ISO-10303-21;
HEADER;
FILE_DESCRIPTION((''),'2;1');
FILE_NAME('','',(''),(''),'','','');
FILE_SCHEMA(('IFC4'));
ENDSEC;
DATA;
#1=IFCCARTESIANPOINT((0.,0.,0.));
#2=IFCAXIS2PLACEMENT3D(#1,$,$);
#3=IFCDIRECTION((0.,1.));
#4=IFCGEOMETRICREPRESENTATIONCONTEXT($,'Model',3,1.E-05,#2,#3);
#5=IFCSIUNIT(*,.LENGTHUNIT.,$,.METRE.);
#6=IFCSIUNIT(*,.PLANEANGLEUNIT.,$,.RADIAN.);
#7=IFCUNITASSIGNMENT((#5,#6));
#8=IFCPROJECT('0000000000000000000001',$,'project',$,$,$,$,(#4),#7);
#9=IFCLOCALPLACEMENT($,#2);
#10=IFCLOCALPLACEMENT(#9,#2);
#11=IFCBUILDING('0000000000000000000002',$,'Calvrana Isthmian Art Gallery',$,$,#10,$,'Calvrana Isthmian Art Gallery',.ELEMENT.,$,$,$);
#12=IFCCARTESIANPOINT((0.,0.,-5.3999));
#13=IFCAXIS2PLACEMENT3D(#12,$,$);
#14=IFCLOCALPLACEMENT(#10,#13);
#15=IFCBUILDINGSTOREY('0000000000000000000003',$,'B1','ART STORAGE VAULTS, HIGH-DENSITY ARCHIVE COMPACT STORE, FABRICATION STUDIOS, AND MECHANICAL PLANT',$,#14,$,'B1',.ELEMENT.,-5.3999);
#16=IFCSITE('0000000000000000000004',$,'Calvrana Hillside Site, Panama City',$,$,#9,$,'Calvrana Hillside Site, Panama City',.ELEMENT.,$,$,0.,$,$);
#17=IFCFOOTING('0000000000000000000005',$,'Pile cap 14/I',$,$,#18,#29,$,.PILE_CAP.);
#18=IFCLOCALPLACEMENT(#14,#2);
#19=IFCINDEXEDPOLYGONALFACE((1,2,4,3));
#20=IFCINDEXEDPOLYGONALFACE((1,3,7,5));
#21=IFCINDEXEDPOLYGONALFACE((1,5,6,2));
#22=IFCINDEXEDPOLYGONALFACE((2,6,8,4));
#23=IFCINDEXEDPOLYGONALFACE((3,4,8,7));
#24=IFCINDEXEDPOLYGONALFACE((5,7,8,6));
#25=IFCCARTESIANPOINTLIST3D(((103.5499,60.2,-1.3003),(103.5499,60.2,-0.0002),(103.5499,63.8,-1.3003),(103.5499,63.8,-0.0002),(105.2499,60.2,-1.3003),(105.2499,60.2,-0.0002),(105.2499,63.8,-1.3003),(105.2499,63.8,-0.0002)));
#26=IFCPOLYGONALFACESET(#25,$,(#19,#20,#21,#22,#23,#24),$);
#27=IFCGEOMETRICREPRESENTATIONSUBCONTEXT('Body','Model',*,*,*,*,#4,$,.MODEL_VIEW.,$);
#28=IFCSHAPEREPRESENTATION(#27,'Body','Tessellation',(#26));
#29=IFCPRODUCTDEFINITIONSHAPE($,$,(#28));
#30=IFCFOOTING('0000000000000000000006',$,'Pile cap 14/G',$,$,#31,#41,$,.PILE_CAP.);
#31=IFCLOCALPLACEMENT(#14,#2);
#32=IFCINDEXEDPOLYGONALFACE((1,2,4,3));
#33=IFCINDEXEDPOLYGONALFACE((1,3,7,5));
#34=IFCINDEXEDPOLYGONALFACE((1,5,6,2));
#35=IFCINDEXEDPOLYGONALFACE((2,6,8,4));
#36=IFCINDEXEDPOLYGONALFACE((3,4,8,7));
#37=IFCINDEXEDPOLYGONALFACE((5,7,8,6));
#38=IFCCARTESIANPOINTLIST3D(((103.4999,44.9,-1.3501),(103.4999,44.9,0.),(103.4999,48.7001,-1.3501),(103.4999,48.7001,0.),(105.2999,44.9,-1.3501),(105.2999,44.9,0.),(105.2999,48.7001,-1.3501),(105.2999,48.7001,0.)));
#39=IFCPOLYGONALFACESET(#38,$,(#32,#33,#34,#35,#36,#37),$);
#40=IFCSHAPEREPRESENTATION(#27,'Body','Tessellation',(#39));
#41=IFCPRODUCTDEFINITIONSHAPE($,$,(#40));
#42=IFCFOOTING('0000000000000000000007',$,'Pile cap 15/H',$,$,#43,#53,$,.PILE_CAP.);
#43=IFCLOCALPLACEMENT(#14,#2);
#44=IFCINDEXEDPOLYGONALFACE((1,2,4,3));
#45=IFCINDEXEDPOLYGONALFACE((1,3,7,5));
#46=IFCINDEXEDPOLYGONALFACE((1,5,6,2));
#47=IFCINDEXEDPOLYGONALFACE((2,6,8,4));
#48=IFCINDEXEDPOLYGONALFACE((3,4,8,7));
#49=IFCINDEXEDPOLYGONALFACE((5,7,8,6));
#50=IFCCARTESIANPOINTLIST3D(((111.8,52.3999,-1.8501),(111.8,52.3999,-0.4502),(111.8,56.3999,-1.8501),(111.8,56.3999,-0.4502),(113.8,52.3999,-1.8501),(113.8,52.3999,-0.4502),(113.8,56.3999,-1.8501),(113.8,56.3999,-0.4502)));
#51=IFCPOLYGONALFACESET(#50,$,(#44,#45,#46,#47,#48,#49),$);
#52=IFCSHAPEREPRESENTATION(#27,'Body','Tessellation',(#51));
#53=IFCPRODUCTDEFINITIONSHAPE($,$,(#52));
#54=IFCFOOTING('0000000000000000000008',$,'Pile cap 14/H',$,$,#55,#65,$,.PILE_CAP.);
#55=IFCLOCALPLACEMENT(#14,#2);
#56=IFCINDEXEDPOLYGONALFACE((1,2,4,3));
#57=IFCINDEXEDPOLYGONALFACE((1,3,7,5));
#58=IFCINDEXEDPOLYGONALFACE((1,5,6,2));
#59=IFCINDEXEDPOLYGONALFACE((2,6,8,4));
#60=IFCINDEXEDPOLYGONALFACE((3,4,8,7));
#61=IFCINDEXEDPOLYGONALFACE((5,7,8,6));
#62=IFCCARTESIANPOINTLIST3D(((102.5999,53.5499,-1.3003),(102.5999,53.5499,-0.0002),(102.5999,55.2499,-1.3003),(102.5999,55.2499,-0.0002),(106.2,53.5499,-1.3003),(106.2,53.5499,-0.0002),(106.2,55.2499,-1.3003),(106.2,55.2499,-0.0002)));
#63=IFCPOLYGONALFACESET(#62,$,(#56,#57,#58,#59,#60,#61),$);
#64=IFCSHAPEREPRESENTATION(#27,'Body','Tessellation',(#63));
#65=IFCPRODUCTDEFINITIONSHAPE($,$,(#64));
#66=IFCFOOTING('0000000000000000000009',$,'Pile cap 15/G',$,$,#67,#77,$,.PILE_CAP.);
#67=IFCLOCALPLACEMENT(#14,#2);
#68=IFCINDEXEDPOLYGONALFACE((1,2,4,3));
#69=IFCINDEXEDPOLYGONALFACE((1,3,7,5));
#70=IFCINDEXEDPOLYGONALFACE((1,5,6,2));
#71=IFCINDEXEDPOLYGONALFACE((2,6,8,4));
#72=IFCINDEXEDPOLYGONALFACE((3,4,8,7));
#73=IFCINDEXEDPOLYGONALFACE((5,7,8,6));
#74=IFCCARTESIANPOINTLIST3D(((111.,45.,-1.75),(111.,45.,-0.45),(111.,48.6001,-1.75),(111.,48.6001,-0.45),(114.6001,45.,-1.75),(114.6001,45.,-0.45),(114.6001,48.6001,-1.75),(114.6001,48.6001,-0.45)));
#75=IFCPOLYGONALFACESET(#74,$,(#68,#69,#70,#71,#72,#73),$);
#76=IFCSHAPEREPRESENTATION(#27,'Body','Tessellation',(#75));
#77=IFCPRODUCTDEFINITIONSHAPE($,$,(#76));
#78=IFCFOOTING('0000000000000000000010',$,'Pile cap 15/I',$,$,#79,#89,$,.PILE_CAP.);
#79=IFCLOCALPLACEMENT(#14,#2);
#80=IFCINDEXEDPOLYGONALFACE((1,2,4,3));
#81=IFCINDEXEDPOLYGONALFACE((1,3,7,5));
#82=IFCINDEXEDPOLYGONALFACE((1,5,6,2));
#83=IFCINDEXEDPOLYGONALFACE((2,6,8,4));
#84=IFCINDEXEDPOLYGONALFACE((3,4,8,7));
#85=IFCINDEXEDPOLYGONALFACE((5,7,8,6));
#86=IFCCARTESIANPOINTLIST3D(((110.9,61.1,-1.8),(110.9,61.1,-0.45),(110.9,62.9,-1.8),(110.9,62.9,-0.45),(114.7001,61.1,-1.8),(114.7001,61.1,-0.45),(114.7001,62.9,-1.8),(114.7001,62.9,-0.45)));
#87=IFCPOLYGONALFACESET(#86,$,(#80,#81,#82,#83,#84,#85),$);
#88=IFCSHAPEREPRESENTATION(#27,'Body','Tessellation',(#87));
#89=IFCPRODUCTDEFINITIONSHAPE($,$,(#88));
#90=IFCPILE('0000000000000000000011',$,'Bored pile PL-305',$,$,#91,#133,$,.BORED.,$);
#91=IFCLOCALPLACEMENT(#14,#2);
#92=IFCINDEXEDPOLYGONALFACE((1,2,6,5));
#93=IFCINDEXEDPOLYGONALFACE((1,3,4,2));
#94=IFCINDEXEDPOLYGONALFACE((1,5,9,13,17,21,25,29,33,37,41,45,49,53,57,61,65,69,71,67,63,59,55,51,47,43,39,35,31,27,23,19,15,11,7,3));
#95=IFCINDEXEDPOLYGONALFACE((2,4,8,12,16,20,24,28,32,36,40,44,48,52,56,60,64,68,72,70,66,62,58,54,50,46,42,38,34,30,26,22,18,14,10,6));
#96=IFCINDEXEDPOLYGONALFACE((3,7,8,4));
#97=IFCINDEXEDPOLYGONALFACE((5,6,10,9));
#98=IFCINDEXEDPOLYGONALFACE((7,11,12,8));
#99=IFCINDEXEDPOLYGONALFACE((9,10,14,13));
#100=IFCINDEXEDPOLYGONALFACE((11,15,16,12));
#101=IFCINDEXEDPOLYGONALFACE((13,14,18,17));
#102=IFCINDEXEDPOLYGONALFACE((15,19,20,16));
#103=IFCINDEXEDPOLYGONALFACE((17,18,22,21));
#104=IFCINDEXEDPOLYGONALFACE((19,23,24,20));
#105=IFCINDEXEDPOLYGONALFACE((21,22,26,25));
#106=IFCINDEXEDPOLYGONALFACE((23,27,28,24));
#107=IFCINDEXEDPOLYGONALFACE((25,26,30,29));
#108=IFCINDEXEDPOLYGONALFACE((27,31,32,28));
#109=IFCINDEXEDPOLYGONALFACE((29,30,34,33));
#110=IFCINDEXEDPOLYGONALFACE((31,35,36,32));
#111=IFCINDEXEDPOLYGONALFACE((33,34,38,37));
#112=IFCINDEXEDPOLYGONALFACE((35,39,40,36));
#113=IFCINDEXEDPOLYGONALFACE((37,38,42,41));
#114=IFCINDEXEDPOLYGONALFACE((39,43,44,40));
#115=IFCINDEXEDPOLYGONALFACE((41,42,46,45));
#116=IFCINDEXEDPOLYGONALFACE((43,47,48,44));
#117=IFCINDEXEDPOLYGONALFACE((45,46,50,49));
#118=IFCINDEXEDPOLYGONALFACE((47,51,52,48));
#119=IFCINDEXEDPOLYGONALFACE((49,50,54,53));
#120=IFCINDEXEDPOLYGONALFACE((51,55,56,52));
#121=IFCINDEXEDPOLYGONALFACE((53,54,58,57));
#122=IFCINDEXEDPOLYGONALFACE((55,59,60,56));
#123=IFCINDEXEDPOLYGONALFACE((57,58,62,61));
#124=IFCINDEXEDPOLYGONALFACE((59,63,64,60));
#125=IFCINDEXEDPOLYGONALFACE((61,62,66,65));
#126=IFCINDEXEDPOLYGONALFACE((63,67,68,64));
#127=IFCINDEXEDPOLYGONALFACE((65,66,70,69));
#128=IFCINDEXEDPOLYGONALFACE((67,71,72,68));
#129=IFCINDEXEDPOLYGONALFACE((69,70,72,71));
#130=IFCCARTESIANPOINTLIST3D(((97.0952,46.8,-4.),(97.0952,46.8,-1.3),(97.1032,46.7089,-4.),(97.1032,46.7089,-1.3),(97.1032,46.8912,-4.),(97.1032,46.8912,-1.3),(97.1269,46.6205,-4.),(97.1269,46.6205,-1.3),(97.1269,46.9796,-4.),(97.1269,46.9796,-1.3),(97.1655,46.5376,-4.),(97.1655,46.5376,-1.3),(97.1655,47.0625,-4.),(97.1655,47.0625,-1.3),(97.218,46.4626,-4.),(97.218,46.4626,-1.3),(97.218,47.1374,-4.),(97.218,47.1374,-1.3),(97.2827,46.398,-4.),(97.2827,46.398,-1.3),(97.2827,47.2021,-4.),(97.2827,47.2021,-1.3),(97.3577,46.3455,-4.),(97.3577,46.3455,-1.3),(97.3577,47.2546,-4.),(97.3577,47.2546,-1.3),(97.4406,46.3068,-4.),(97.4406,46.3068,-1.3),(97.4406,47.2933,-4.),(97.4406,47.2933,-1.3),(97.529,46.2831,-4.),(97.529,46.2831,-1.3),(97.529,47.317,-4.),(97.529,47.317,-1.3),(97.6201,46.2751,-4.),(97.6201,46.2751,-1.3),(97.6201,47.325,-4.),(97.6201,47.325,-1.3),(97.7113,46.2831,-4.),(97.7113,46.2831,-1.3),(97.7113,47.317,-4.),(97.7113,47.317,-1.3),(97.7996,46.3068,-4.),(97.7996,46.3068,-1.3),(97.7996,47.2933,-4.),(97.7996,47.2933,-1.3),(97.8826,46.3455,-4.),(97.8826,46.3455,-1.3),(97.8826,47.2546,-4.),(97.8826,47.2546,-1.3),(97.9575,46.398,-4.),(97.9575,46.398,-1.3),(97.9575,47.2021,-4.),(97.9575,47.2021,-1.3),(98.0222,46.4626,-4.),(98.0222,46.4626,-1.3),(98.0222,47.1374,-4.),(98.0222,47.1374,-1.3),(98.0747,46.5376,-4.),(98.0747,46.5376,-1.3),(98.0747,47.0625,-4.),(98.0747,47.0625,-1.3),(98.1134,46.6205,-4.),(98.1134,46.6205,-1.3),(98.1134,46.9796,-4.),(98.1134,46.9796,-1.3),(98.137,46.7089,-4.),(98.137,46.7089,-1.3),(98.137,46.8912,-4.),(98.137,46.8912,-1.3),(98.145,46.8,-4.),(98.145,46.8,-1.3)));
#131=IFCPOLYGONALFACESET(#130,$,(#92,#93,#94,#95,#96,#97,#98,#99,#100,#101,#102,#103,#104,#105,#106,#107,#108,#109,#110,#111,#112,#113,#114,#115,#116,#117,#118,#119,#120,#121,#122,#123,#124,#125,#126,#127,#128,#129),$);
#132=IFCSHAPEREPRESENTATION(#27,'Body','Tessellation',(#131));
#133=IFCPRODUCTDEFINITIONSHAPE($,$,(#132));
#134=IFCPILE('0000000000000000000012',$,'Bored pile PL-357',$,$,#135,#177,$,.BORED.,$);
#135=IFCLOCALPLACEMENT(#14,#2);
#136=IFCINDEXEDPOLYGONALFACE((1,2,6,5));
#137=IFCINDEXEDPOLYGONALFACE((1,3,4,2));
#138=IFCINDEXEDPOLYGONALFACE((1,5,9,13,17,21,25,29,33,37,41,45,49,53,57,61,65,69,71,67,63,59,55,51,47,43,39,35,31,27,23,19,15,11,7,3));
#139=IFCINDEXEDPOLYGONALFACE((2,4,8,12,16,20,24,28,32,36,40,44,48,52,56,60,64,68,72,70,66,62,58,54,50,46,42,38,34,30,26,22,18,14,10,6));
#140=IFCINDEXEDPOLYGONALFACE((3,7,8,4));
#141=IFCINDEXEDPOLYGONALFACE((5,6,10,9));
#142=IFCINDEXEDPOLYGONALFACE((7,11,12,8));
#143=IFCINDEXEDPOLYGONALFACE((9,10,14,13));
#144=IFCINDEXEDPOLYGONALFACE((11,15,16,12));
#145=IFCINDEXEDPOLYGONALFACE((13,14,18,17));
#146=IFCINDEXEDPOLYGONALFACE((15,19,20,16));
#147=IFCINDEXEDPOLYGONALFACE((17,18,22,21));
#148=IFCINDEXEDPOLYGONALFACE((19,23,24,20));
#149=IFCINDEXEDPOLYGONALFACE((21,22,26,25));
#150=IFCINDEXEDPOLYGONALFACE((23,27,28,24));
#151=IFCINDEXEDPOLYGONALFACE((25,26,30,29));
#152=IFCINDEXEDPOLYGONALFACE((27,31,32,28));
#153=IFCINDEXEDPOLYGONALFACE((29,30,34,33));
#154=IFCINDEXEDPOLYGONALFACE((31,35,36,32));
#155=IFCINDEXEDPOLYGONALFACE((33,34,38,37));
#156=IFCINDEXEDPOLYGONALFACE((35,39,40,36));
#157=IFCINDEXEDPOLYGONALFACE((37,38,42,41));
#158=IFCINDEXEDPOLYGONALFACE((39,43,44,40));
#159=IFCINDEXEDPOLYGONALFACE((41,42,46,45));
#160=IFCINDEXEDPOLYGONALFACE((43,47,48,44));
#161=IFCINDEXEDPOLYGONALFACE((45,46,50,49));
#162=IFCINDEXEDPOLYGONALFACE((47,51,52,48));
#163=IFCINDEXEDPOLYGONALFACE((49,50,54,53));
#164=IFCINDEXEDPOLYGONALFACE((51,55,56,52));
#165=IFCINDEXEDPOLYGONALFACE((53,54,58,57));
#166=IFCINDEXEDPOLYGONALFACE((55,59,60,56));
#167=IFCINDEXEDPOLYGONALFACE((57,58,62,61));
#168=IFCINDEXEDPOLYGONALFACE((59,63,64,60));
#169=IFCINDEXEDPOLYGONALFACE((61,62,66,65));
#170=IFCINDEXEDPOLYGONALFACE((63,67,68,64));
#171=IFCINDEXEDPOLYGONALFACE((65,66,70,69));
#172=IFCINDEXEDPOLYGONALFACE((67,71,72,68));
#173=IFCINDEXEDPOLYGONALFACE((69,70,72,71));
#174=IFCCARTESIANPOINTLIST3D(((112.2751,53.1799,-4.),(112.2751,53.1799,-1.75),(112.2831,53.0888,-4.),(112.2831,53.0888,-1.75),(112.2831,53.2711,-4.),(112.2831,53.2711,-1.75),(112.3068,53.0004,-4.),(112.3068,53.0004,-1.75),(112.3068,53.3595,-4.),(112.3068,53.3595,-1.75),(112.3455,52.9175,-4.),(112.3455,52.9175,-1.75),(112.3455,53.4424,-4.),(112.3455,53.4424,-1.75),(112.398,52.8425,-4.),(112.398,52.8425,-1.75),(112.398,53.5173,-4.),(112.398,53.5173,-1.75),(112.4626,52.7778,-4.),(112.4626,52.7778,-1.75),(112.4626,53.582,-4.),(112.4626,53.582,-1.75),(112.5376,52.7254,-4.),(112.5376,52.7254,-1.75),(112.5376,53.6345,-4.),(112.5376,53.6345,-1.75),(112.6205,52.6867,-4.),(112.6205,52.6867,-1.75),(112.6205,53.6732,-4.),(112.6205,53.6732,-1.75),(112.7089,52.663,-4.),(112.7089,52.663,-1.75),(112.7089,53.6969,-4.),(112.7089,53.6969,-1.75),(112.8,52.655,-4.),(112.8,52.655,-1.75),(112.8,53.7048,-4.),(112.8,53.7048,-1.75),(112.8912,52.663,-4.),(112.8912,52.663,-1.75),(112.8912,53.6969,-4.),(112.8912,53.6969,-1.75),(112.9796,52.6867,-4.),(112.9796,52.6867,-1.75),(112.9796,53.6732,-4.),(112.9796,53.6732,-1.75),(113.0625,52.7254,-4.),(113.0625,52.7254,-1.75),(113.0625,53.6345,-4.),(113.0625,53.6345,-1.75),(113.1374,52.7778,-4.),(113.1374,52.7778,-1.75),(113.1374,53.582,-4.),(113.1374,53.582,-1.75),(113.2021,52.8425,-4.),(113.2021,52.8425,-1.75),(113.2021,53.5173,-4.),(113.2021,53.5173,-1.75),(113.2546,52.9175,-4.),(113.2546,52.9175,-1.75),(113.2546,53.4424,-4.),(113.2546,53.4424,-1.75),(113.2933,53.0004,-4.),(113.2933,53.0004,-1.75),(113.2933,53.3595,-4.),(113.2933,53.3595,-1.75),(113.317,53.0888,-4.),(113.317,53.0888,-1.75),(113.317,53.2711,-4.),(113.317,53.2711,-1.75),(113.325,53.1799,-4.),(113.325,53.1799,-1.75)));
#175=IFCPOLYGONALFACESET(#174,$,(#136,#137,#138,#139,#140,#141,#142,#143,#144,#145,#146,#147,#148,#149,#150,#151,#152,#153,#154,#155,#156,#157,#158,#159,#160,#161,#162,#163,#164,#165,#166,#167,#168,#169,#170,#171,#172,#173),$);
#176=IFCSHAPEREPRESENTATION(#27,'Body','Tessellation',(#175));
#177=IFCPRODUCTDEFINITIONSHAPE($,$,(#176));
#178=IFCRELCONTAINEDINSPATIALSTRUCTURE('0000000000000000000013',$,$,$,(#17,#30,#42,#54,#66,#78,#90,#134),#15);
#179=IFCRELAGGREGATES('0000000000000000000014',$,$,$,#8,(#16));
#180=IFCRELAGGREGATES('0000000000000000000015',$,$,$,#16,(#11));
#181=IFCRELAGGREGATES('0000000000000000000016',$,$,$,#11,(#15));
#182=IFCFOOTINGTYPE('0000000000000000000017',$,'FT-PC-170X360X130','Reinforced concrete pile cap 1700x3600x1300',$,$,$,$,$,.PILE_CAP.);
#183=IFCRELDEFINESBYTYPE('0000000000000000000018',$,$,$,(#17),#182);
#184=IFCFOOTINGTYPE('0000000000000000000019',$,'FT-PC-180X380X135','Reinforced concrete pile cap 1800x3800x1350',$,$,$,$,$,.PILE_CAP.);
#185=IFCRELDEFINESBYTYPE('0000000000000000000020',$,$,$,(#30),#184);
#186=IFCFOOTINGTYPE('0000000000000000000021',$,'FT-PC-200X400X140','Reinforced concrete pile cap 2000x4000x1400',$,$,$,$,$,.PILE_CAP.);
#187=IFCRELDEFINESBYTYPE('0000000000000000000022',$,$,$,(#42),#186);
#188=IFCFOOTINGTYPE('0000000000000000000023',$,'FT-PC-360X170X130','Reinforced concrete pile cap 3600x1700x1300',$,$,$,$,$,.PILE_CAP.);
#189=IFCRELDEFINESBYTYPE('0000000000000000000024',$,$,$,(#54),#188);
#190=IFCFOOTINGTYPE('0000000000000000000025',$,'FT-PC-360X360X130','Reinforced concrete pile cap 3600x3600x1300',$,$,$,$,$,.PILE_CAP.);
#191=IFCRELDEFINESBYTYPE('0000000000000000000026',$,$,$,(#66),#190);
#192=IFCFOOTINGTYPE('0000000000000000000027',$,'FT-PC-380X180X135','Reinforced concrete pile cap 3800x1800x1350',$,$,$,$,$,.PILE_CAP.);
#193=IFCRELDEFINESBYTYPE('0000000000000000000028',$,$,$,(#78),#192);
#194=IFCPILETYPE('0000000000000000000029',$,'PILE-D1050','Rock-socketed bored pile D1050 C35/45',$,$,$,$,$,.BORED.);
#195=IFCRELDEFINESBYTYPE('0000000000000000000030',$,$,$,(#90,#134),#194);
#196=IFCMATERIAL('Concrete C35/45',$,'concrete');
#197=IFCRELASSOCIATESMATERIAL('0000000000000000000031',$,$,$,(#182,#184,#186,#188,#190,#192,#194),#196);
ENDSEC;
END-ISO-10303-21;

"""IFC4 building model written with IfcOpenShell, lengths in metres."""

from ifc_helpers import new_model, si_unit, direction, frame, origin, origin_2d, place, context, subcontext, project, spatial, rectangle, circle, extrude, material, material_profile, profile_set, type_object, element, save


model = new_model("IFC4")

# Units and contexts
model_context = context("Model", 3, precision=1e-05, world=origin(), true_north=direction((0.0, 1.0)))
body_context = subcontext(model_context, "Body", "Model", "MODEL_VIEW")
ifc_project = project(units=[si_unit("LENGTHUNIT", "METRE"), si_unit("PLANEANGLEUNIT", "RADIAN")], contexts=[model_context])

# Site, building, storey
site_placement = place(None, origin())
site = spatial("IfcSite", under=ifc_project, at=site_placement, Name="Calvrana Hillside Site, Panama City", LongName="Calvrana Hillside Site, Panama City", CompositionType="ELEMENT", RefElevation=0.0)
building_placement = place(site_placement, origin())
building = spatial("IfcBuilding", under=site, at=building_placement, Name="Calvrana Isthmian Art Gallery", LongName="Calvrana Isthmian Art Gallery", CompositionType="ELEMENT")
storey_placement = place(building_placement, frame((0.0, 0.0, -5.3999)))
storey = spatial("IfcBuildingStorey", under=building, at=storey_placement, Name="B1", Description="ART STORAGE VAULTS, HIGH-DENSITY ARCHIVE COMPACT STORE, FABRICATION STUDIOS, AND MECHANICAL PLANT", LongName="B1", CompositionType="ELEMENT", Elevation=-5.3999)

# Footings
ifc_material_1 = material(Name="Concrete C35/45", Category="concrete")
footing_type_1 = type_object("IfcFootingType", Name="FT-PC-170X360X130", Description="Reinforced concrete pile cap 1700x3600x1300", PredefinedType="PILE_CAP", material=ifc_material_1)
footing_1_placement = place(storey_placement, frame((104.3999, 62.0, -1.3003), z_axis=(0.0, 0.0, 1.0), x_axis=(1.0, 0.0, 0.0)))
element("IfcFooting", 1, at=footing_1_placement, inside=storey, type_object=footing_type_1, Name="Pile cap 14/I", PredefinedType="PILE_CAP", context=body_context, shape_type="SweptSolid", body=[
    extrude(rectangle(XDim=1.7, YDim=3.6001, at=origin_2d()), origin(), (0.0, 0.0, 1.0), 1.3),
])
footing_type_2 = type_object("IfcFootingType", Name="FT-PC-180X380X135", Description="Reinforced concrete pile cap 1800x3800x1350", PredefinedType="PILE_CAP", material=ifc_material_1)
footing_2_placement = place(storey_placement, frame((104.3999, 46.8, -1.3501), z_axis=(0.0, 0.0, 1.0), x_axis=(1.0, 0.0, 0.0)))
element("IfcFooting", 2, at=footing_2_placement, inside=storey, type_object=footing_type_2, Name="Pile cap 14/G", PredefinedType="PILE_CAP", context=body_context, shape_type="SweptSolid", body=[
    extrude(rectangle(XDim=1.8, YDim=3.8, at=origin_2d()), origin(), (0.0, 0.0, 1.0), 1.3501),
])
footing_type_3 = type_object("IfcFootingType", Name="FT-PC-200X400X140", Description="Reinforced concrete pile cap 2000x4000x1400", PredefinedType="PILE_CAP", material=ifc_material_1)
footing_3_placement = place(storey_placement, frame((112.8, 54.3999, -1.8501), z_axis=(0.0, 0.0, 1.0), x_axis=(1.0, 0.0, 0.0)))
element("IfcFooting", 3, at=footing_3_placement, inside=storey, type_object=footing_type_3, Name="Pile cap 15/H", PredefinedType="PILE_CAP", context=body_context, shape_type="SweptSolid", body=[
    extrude(rectangle(XDim=2.0, YDim=4.0, at=origin_2d()), origin(), (0.0, 0.0, 1.0), 1.3999),
])
footing_type_4 = type_object("IfcFootingType", Name="FT-PC-360X170X130", Description="Reinforced concrete pile cap 3600x1700x1300", PredefinedType="PILE_CAP", material=ifc_material_1)
footing_4_placement = place(storey_placement, frame((104.3999, 54.3999, -1.3003), z_axis=(0.0, 0.0, 1.0), x_axis=(1.0, 0.0, 0.0)))
element("IfcFooting", 4, at=footing_4_placement, inside=storey, type_object=footing_type_4, Name="Pile cap 14/H", PredefinedType="PILE_CAP", context=body_context, shape_type="SweptSolid", body=[
    extrude(rectangle(XDim=3.6001, YDim=1.7, at=origin_2d()), origin(), (0.0, 0.0, 1.0), 1.3),
])
footing_type_5 = type_object("IfcFootingType", Name="FT-PC-360X360X130", Description="Reinforced concrete pile cap 3600x3600x1300", PredefinedType="PILE_CAP", material=ifc_material_1)
footing_5_placement = place(storey_placement, frame((112.8, 46.8, -1.75), z_axis=(0.0, 0.0, 1.0), x_axis=(1.0, 0.0, 0.0)))
element("IfcFooting", 5, at=footing_5_placement, inside=storey, type_object=footing_type_5, Name="Pile cap 15/G", PredefinedType="PILE_CAP", context=body_context, shape_type="SweptSolid", body=[
    extrude(rectangle(XDim=3.6001, YDim=3.6001, at=origin_2d()), origin(), (0.0, 0.0, 1.0), 1.3),
])
footing_type_6 = type_object("IfcFootingType", Name="FT-PC-380X180X135", Description="Reinforced concrete pile cap 3800x1800x1350", PredefinedType="PILE_CAP", material=ifc_material_1)
footing_6_placement = place(storey_placement, frame((112.8, 62.0, -1.8), z_axis=(0.0, 0.0, 1.0), x_axis=(1.0, 0.0, 0.0)))
element("IfcFooting", 6, at=footing_6_placement, inside=storey, type_object=footing_type_6, Name="Pile cap 15/I", PredefinedType="PILE_CAP", context=body_context, shape_type="SweptSolid", body=[
    extrude(rectangle(XDim=3.8, YDim=1.8, at=origin_2d()), origin(), (0.0, 0.0, 1.0), 1.3501),
])

# Piles
ifc_material_profile_1 = material_profile(ifc_material_1, circle(Radius=0.5249, at=origin_2d()), Name="PILE1050D")
ifc_profile_set_1 = profile_set([ifc_material_profile_1], Name="Concrete C35/45")
pile_type_1 = type_object("IfcPileType", Name="PILE-D1050", Description="Rock-socketed bored pile D1050 C35/45", PredefinedType="BORED", material=ifc_profile_set_1)
pile_placement = place(storey_placement, frame((97.6201, 46.8, -1.3), z_axis=(0.0, 0.0, -1.0), x_axis=(1.0, 0.0, 0.0)))
element("IfcPile", 7, at=pile_placement, inside=storey, type_object=pile_type_1, Name="Bored pile PL-305", PredefinedType="BORED", context=body_context, shape_type="SweptSolid", body=[
    extrude(circle(Radius=0.5249, at=origin_2d()), origin(), (0.0, 0.0, 1.0), 2.7),
])
for number, where, z_axis, x_axis, name in (
    (8, (112.8, 53.1799, -1.75), (0.0, 0.0, -1.0), (1.0, 0.0, 0.0), "Bored pile PL-357"),
):
    element("IfcPile", number, at=place(storey_placement, frame(where, z_axis=z_axis, x_axis=x_axis)), inside=storey, type_object=pile_type_1, Name=name, PredefinedType="BORED", context=body_context, shape_type="SweptSolid", body=[
        extrude(circle(Radius=0.5249, at=origin_2d()), origin(), (0.0, 0.0, 1.0), 2.25),
    ])

save(model, "model.ifc")
